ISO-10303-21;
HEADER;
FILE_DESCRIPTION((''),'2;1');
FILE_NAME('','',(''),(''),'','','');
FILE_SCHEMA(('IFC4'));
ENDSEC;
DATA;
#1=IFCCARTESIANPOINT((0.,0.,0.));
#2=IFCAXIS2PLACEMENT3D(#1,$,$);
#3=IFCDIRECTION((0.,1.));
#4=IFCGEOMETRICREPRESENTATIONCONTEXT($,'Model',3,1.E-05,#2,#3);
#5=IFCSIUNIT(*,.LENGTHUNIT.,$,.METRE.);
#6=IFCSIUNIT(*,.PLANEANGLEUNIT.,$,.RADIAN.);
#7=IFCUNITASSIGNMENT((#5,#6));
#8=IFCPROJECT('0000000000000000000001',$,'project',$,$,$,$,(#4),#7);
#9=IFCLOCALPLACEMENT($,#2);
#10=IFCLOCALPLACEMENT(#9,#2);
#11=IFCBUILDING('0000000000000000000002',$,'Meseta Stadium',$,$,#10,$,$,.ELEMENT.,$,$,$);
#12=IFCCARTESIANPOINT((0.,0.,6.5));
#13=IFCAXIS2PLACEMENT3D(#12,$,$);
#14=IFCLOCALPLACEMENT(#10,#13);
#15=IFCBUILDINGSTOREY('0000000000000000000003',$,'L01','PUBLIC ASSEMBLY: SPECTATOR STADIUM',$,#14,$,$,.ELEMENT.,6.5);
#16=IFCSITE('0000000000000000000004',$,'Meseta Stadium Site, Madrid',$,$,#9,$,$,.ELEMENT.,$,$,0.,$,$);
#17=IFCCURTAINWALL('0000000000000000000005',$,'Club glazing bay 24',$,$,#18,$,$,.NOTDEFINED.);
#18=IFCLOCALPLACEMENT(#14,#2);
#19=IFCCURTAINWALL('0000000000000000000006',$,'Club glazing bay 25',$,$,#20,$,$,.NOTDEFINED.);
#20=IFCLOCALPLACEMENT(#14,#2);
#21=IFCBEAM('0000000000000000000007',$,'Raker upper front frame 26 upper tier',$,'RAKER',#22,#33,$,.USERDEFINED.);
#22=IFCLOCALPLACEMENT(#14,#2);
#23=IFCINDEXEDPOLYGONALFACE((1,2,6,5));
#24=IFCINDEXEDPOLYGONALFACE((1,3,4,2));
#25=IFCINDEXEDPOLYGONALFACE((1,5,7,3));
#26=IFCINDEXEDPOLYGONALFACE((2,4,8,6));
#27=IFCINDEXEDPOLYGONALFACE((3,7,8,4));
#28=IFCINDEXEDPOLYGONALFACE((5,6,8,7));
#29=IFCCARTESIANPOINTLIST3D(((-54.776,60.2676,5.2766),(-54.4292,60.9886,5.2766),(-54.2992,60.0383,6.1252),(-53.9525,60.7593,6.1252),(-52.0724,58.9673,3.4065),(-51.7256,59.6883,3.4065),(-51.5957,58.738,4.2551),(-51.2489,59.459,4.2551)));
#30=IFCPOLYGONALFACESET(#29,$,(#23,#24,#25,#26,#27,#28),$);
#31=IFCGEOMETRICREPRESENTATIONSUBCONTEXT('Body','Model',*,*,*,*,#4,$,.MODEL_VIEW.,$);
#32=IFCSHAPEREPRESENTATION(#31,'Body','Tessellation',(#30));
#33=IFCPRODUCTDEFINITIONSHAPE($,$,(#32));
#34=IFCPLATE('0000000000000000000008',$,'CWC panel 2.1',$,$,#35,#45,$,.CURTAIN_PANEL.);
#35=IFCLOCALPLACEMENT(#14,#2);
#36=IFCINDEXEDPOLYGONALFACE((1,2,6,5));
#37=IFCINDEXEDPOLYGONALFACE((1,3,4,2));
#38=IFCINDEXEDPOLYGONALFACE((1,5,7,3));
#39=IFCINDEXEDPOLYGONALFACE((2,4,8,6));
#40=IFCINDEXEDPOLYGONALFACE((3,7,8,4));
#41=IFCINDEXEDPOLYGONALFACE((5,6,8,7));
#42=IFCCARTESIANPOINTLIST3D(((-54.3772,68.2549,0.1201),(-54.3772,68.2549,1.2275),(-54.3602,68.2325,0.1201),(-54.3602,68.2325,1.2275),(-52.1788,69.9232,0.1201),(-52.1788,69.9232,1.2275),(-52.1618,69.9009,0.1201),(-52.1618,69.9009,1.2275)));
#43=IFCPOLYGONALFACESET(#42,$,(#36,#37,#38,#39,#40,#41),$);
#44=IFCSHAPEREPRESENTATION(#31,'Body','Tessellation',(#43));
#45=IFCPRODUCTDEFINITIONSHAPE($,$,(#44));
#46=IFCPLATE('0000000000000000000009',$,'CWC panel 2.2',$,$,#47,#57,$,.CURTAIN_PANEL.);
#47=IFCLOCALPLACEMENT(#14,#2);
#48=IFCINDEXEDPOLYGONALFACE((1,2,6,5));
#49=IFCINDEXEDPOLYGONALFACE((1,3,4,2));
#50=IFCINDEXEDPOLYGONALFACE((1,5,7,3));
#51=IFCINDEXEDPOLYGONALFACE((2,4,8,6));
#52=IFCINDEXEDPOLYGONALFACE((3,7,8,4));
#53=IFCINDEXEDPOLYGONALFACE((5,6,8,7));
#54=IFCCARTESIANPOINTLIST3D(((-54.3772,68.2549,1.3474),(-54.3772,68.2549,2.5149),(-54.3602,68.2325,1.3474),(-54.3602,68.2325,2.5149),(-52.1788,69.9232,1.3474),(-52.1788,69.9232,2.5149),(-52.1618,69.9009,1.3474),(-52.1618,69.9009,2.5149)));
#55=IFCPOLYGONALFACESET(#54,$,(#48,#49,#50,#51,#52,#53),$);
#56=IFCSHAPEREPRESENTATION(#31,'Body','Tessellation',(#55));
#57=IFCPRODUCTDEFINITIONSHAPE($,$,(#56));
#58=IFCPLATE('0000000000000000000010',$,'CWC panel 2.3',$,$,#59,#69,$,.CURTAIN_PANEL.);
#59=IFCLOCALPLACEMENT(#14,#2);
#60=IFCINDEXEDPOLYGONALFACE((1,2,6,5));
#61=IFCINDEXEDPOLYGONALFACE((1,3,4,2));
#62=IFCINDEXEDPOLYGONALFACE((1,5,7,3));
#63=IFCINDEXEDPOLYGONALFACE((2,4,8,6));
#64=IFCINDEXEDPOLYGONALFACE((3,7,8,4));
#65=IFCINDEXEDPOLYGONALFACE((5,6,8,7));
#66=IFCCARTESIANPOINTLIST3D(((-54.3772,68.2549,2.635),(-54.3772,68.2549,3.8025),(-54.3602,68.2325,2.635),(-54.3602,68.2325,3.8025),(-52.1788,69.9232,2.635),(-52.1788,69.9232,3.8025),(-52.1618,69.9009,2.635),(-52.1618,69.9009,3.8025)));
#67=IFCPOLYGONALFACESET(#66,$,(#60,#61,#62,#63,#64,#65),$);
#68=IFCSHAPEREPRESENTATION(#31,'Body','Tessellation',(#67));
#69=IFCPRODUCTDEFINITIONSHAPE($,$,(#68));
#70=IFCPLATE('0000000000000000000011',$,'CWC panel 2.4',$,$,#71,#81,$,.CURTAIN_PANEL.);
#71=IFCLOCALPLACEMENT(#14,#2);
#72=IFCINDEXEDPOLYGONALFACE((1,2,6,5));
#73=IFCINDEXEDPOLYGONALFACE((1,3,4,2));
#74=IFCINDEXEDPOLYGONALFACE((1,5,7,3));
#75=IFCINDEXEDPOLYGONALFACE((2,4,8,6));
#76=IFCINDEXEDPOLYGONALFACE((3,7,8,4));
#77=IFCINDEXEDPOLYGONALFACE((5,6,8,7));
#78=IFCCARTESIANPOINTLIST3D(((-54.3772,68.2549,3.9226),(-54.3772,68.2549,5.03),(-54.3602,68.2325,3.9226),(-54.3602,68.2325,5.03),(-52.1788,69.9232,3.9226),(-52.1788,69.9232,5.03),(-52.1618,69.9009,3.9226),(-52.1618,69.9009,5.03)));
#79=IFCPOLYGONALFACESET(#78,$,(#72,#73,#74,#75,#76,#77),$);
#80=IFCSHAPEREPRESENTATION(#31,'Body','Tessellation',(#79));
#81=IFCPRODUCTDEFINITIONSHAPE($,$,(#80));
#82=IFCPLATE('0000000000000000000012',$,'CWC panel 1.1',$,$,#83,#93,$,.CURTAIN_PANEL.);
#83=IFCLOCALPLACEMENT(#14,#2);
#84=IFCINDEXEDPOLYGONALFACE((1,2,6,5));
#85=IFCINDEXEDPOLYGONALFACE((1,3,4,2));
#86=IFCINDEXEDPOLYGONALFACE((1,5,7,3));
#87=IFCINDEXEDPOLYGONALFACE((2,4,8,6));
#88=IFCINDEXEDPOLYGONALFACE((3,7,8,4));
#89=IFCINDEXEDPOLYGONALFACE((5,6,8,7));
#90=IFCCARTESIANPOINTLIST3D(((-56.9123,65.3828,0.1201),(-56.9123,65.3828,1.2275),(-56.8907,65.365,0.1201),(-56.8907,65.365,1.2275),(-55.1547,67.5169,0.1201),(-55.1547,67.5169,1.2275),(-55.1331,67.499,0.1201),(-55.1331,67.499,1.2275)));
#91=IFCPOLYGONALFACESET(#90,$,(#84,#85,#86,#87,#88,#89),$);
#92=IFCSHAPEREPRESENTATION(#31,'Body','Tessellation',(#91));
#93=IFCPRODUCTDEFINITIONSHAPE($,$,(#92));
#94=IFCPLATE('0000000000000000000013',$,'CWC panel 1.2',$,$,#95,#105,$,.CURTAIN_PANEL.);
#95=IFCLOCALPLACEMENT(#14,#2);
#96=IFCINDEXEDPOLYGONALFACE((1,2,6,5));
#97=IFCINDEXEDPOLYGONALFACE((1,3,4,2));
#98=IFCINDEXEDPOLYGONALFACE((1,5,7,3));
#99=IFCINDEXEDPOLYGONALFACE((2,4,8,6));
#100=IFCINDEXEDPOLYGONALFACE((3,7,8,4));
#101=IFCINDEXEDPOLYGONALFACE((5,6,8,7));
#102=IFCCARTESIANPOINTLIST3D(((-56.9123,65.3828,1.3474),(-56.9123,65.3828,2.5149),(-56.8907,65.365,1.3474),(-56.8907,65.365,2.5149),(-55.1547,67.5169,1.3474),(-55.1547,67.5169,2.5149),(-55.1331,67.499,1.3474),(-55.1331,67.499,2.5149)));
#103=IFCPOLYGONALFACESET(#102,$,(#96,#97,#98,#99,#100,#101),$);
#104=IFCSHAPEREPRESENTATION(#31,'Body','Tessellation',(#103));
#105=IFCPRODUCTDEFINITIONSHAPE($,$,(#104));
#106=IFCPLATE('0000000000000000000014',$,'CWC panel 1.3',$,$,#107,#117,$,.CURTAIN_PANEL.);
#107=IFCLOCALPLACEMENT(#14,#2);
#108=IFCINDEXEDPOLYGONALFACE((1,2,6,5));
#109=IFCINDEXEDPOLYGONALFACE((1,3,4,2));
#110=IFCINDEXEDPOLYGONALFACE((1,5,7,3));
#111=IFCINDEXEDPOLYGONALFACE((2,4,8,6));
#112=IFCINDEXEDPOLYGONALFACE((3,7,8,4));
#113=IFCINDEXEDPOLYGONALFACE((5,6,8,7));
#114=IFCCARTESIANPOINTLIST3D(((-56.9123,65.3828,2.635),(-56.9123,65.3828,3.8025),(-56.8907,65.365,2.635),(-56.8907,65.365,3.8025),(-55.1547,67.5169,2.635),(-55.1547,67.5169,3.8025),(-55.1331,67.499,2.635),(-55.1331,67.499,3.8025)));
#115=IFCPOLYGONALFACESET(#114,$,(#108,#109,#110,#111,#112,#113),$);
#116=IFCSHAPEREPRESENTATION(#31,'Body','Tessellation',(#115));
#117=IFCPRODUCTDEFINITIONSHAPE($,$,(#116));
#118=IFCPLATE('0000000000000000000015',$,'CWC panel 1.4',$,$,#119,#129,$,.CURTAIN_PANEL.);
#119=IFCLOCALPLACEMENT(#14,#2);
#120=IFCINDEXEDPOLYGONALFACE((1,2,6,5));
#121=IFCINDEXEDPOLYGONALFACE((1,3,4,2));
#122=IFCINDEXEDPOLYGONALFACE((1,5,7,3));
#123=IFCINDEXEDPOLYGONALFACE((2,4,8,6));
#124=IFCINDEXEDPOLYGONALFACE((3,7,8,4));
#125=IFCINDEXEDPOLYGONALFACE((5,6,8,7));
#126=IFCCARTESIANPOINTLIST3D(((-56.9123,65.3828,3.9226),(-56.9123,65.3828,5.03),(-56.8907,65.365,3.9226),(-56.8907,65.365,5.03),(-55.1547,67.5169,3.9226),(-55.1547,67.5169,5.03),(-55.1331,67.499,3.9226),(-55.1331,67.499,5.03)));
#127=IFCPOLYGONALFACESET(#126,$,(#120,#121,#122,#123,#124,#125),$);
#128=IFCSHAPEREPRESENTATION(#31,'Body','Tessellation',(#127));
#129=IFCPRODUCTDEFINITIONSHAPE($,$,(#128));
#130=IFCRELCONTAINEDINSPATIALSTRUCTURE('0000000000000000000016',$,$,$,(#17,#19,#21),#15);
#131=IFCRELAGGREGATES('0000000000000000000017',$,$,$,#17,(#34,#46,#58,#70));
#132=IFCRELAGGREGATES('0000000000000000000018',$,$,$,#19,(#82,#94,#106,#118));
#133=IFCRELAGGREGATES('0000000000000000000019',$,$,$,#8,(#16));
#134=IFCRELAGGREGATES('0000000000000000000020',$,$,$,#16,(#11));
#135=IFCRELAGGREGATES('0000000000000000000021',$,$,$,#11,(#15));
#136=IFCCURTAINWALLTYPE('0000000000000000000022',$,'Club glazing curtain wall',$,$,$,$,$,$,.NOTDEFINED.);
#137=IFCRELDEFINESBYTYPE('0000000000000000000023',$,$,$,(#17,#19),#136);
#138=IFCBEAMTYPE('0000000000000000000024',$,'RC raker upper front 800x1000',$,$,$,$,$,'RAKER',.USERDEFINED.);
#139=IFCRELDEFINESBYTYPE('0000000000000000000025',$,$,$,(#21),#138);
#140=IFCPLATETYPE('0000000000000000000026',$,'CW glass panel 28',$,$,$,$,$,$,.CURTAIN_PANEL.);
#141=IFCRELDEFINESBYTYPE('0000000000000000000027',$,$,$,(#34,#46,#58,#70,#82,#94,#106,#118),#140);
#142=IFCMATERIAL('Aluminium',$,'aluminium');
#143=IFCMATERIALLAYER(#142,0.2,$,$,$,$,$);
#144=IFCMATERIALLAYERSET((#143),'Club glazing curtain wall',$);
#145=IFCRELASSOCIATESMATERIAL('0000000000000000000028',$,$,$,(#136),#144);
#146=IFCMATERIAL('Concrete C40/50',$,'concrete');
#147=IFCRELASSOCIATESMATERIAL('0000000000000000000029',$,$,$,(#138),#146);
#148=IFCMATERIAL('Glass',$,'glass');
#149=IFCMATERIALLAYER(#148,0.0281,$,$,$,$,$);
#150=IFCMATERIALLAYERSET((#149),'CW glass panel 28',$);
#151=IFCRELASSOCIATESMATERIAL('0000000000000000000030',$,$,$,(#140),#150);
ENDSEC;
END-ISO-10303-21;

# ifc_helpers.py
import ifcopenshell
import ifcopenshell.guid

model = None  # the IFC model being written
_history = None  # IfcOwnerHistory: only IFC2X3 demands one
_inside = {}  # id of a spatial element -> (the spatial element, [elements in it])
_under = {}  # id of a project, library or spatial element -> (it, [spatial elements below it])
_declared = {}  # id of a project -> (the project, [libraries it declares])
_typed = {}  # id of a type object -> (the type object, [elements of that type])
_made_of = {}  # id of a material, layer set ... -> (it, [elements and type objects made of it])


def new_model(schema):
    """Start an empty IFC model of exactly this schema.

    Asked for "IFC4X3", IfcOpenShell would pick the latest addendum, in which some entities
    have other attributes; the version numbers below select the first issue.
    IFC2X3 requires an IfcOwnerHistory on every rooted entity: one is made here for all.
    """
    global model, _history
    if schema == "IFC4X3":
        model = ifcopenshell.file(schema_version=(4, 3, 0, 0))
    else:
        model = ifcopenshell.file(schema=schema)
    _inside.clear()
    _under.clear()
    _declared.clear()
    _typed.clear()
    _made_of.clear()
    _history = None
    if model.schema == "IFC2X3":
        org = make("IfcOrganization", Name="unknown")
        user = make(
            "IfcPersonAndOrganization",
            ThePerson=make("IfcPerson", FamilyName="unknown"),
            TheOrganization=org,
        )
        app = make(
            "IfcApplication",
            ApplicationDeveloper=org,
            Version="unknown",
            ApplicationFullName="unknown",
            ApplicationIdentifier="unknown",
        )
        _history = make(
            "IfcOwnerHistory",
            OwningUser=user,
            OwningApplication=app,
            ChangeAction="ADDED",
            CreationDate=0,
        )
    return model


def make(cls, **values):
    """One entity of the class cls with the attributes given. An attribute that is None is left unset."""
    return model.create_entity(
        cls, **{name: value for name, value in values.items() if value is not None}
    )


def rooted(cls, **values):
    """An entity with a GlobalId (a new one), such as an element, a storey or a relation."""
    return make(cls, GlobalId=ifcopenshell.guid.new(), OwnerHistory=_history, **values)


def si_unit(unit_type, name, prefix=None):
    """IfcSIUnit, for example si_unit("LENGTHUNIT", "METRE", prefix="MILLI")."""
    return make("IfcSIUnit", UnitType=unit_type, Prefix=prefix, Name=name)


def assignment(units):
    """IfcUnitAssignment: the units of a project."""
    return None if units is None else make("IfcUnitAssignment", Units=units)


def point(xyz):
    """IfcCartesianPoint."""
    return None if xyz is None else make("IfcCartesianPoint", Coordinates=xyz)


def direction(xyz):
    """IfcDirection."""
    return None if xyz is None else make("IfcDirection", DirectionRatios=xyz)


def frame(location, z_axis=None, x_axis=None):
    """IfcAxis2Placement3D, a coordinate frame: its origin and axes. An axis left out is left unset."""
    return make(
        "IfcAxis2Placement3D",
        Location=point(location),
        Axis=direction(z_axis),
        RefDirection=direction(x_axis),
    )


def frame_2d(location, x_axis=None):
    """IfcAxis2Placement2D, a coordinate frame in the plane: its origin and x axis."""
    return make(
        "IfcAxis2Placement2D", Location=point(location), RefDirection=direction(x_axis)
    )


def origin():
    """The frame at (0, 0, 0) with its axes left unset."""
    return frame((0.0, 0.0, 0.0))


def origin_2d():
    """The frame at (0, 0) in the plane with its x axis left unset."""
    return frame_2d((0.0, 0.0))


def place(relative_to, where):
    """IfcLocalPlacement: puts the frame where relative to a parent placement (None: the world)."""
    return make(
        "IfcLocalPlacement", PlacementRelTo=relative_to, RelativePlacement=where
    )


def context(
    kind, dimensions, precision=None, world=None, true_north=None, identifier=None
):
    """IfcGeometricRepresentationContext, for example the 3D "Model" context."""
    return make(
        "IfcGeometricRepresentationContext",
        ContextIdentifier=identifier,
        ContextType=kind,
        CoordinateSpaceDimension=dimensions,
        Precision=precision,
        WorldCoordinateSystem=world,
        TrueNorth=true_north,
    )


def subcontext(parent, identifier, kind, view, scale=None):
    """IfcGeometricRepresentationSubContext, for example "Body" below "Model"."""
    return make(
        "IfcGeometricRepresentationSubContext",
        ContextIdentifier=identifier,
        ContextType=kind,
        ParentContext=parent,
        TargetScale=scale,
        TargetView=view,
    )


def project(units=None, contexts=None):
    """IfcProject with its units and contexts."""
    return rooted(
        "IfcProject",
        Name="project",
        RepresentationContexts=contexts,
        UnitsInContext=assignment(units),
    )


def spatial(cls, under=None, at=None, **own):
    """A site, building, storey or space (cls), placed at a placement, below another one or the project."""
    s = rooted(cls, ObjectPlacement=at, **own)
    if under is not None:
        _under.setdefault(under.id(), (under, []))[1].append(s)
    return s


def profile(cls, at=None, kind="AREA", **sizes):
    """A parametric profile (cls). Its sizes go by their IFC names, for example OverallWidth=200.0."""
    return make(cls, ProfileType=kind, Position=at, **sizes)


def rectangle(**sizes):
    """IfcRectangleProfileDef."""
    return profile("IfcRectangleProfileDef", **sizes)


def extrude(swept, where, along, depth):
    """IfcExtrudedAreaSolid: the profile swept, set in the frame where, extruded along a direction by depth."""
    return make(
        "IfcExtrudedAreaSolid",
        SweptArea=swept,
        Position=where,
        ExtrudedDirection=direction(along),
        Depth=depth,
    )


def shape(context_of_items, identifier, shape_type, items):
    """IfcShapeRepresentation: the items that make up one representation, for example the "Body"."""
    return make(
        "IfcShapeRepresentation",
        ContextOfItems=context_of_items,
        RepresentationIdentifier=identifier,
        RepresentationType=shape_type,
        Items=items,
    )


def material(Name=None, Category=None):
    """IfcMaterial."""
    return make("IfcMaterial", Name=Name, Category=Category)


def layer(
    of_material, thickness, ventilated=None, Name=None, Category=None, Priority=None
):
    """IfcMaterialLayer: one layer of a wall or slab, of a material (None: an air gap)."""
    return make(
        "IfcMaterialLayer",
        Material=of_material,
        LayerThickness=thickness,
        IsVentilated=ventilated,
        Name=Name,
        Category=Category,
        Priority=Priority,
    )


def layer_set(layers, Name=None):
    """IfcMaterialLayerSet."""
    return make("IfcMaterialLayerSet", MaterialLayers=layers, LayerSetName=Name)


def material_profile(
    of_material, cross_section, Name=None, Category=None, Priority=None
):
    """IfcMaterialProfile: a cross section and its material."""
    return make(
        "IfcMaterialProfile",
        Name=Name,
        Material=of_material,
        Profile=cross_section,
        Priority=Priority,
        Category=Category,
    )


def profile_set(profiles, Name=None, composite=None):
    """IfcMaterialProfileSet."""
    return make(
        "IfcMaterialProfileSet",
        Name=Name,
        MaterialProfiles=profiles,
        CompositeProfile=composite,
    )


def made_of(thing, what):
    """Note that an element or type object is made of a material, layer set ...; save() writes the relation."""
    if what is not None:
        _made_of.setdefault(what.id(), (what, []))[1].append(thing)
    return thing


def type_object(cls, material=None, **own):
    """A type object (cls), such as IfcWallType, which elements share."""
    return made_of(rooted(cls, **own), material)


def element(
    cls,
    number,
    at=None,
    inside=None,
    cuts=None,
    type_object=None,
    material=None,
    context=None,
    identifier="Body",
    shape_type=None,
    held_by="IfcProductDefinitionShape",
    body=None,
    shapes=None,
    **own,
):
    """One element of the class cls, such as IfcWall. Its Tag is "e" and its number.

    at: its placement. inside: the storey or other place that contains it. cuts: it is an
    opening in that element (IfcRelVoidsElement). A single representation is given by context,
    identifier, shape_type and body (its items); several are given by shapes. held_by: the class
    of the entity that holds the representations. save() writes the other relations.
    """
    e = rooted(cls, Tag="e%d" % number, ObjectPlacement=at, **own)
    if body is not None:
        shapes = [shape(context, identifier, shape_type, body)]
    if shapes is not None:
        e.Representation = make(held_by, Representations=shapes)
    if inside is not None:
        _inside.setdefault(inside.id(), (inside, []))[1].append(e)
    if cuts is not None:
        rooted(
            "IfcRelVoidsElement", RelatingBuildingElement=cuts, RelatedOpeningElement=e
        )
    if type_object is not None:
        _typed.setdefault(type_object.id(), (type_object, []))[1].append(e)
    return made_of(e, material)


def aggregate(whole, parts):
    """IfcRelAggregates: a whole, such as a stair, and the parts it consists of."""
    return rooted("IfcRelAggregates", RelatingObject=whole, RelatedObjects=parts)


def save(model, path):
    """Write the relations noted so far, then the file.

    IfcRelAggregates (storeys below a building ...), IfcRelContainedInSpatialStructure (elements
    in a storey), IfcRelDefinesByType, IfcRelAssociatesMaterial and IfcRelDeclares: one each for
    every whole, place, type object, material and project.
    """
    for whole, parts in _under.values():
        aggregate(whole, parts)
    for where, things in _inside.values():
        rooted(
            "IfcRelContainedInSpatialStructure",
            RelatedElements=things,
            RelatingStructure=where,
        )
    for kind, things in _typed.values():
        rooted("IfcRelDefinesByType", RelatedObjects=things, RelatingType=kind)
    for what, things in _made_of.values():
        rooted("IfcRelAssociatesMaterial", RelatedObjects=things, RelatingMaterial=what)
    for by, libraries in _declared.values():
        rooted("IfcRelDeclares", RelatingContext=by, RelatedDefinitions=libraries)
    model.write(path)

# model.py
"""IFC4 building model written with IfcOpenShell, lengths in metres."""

from ifc_helpers import new_model, si_unit, direction, frame, origin, origin_2d, place, context, subcontext, project, spatial, rectangle, extrude, material, layer, layer_set, material_profile, profile_set, type_object, element, aggregate, save


model = new_model("IFC4")

# Units and contexts
model_context = context("Model", 3, precision=1e-05, world=origin(), true_north=direction((0.0, 1.0)))
body_context = subcontext(model_context, "Body", "Model", "MODEL_VIEW")
ifc_project = project(units=[si_unit("LENGTHUNIT", "METRE"), si_unit("PLANEANGLEUNIT", "RADIAN")], contexts=[model_context])

# Site, building, storey
site_placement = place(None, origin())
site = spatial("IfcSite", under=ifc_project, at=site_placement, Name="Meseta Stadium Site, Madrid", CompositionType="ELEMENT", RefElevation=0.0)
building_placement = place(site_placement, origin())
building = spatial("IfcBuilding", under=site, at=building_placement, Name="Meseta Stadium", CompositionType="ELEMENT")
storey_placement = place(building_placement, frame((0.0, 0.0, 6.5)))
storey = spatial("IfcBuildingStorey", under=building, at=storey_placement, Name="L01", Description="PUBLIC ASSEMBLY: SPECTATOR STADIUM", CompositionType="ELEMENT", Elevation=6.5)

# Curtain wall
ifc_material_1 = material(Name="Aluminium", Category="aluminium")
ifc_layer_1 = layer(ifc_material_1, 0.2)
ifc_layer_set_1 = layer_set([ifc_layer_1], Name="Club glazing curtain wall")
curtain_wall_type = type_object("IfcCurtainWallType", Name="Club glazing curtain wall", PredefinedType="NOTDEFINED", material=ifc_layer_set_1)
curtain_wall_1_placement = place(storey_placement, origin())
curtain_wall_1 = element("IfcCurtainWall", 1, at=curtain_wall_1_placement, inside=storey, type_object=curtain_wall_type, Name="Club glazing bay 24", PredefinedType="NOTDEFINED")

# Curtain wall
curtain_wall_2_placement = place(storey_placement, origin())
curtain_wall_2 = element("IfcCurtainWall", 2, at=curtain_wall_2_placement, inside=storey, type_object=curtain_wall_type, Name="Club glazing bay 25", PredefinedType="NOTDEFINED")

# Beam
ifc_material_2 = material(Name="Concrete C40/50", Category="concrete")
ifc_material_profile_1 = material_profile(ifc_material_2, rectangle(XDim=0.8, YDim=1.0, at=origin_2d()), Name="RC 800x1000")
ifc_profile_set_1 = profile_set([ifc_material_profile_1], Name="Concrete C40/50")
beam_type_1 = type_object("IfcBeamType", Name="RC raker upper front 800x1000", ElementType="RAKER", PredefinedType="USERDEFINED", material=ifc_profile_set_1)
for number, where, z_axis, x_axis, name in (
    (3, (-51.6606, 59.2131, 3.8308), (-0.76477, 0.367813, 0.528999), (-0.433424, -0.90119, 0.0), "Raker upper front frame 26 upper tier"),
):
    element("IfcBeam", number, at=place(storey_placement, frame(where, z_axis=z_axis, x_axis=x_axis)), inside=storey, type_object=beam_type_1, Name=name, ObjectType="RAKER", PredefinedType="USERDEFINED", context=body_context, shape_type="SweptSolid", body=[
        extrude(rectangle(XDim=0.8, YDim=1.0, at=origin_2d()), origin(), (0.0, 0.0, 1.0), 3.5352),
    ])

# Plates
ifc_material_3 = material(Name="Glass", Category="glass")
ifc_layer_2 = layer(ifc_material_3, 0.0281)
ifc_layer_set_2 = layer_set([ifc_layer_2], Name="CW glass panel 28")
plate_type = type_object("IfcPlateType", Name="CW glass panel 28", PredefinedType="CURTAIN_PANEL", material=ifc_layer_set_2)
plate_1_placement = place(storey_placement, frame((-53.2695, 69.0779, 0.1201), z_axis=(0.0, 0.0, 1.0), x_axis=(-0.79659, -0.60452, 0.0)))
plate_1 = element("IfcPlate", 4, at=plate_1_placement, type_object=plate_type, Name="CWC panel 2.1", PredefinedType="CURTAIN_PANEL", context=body_context, shape_type="SweptSolid", body=[
    extrude(rectangle(XDim=2.7598, YDim=0.0281, at=origin_2d()), origin(), (0.0, 0.0, 1.0), 1.1074),
])
plate_2_placement = place(storey_placement, frame((-53.2695, 69.0779, 1.3474), z_axis=(0.0, 0.0, 1.0), x_axis=(-0.79659, -0.60452, 0.0)))
plate_2 = element("IfcPlate", 5, at=plate_2_placement, type_object=plate_type, Name="CWC panel 2.2", PredefinedType="CURTAIN_PANEL", context=body_context, shape_type="SweptSolid", body=[
    extrude(rectangle(XDim=2.7598, YDim=0.0281, at=origin_2d()), origin(), (0.0, 0.0, 1.0), 1.1675),
])
plate_3_placement = place(storey_placement, frame((-53.2695, 69.0779, 2.635), z_axis=(0.0, 0.0, 1.0), x_axis=(-0.79659, -0.60452, 0.0)))
plate_3 = element("IfcPlate", 6, at=plate_3_placement, type_object=plate_type, Name="CWC panel 2.3", PredefinedType="CURTAIN_PANEL", context=body_context, shape_type="SweptSolid", body=[
    extrude(rectangle(XDim=2.7598, YDim=0.0281, at=origin_2d()), origin(), (0.0, 0.0, 1.0), 1.1675),
])
plate_4_placement = place(storey_placement, frame((-53.2695, 69.0779, 3.9226), z_axis=(0.0, 0.0, 1.0), x_axis=(-0.79659, -0.60452, 0.0)))
plate_4 = element("IfcPlate", 7, at=plate_4_placement, type_object=plate_type, Name="CWC panel 2.4", PredefinedType="CURTAIN_PANEL", context=body_context, shape_type="SweptSolid", body=[
    extrude(rectangle(XDim=2.7598, YDim=0.0281, at=origin_2d()), origin(), (0.0, 0.0, 1.0), 1.1074),
])
aggregate(curtain_wall_1, [plate_1, plate_2, plate_3, plate_4])
plate_5_placement = place(storey_placement, frame((-56.0227, 66.4409, 0.1201), z_axis=(0.0, 0.0, 1.0), x_axis=(-0.635741, -0.771902, 0.0)))
plate_5 = element("IfcPlate", 8, at=plate_5_placement, type_object=plate_type, Name="CWC panel 1.1", PredefinedType="CURTAIN_PANEL", context=body_context, shape_type="SweptSolid", body=[
    extrude(rectangle(XDim=2.7646, YDim=0.0281, at=origin_2d()), origin(), (0.0, 0.0, 1.0), 1.1074),
])
plate_6_placement = place(storey_placement, frame((-56.0227, 66.4409, 1.3474), z_axis=(0.0, 0.0, 1.0), x_axis=(-0.635741, -0.771902, 0.0)))
plate_6 = element("IfcPlate", 9, at=plate_6_placement, type_object=plate_type, Name="CWC panel 1.2", PredefinedType="CURTAIN_PANEL", context=body_context, shape_type="SweptSolid", body=[
    extrude(rectangle(XDim=2.7646, YDim=0.0281, at=origin_2d()), origin(), (0.0, 0.0, 1.0), 1.1675),
])
plate_7_placement = place(storey_placement, frame((-56.0227, 66.4409, 2.635), z_axis=(0.0, 0.0, 1.0), x_axis=(-0.635741, -0.771902, 0.0)))
plate_7 = element("IfcPlate", 10, at=plate_7_placement, type_object=plate_type, Name="CWC panel 1.3", PredefinedType="CURTAIN_PANEL", context=body_context, shape_type="SweptSolid", body=[
    extrude(rectangle(XDim=2.7646, YDim=0.0281, at=origin_2d()), origin(), (0.0, 0.0, 1.0), 1.1675),
])
plate_8_placement = place(storey_placement, frame((-56.0227, 66.4409, 3.9226), z_axis=(0.0, 0.0, 1.0), x_axis=(-0.635741, -0.771902, 0.0)))
plate_8 = element("IfcPlate", 11, at=plate_8_placement, type_object=plate_type, Name="CWC panel 1.4", PredefinedType="CURTAIN_PANEL", context=body_context, shape_type="SweptSolid", body=[
    extrude(rectangle(XDim=2.7646, YDim=0.0281, at=origin_2d()), origin(), (0.0, 0.0, 1.0), 1.1074),
])
aggregate(curtain_wall_2, [plate_5, plate_6, plate_7, plate_8])

save(model, "model.ifc")
